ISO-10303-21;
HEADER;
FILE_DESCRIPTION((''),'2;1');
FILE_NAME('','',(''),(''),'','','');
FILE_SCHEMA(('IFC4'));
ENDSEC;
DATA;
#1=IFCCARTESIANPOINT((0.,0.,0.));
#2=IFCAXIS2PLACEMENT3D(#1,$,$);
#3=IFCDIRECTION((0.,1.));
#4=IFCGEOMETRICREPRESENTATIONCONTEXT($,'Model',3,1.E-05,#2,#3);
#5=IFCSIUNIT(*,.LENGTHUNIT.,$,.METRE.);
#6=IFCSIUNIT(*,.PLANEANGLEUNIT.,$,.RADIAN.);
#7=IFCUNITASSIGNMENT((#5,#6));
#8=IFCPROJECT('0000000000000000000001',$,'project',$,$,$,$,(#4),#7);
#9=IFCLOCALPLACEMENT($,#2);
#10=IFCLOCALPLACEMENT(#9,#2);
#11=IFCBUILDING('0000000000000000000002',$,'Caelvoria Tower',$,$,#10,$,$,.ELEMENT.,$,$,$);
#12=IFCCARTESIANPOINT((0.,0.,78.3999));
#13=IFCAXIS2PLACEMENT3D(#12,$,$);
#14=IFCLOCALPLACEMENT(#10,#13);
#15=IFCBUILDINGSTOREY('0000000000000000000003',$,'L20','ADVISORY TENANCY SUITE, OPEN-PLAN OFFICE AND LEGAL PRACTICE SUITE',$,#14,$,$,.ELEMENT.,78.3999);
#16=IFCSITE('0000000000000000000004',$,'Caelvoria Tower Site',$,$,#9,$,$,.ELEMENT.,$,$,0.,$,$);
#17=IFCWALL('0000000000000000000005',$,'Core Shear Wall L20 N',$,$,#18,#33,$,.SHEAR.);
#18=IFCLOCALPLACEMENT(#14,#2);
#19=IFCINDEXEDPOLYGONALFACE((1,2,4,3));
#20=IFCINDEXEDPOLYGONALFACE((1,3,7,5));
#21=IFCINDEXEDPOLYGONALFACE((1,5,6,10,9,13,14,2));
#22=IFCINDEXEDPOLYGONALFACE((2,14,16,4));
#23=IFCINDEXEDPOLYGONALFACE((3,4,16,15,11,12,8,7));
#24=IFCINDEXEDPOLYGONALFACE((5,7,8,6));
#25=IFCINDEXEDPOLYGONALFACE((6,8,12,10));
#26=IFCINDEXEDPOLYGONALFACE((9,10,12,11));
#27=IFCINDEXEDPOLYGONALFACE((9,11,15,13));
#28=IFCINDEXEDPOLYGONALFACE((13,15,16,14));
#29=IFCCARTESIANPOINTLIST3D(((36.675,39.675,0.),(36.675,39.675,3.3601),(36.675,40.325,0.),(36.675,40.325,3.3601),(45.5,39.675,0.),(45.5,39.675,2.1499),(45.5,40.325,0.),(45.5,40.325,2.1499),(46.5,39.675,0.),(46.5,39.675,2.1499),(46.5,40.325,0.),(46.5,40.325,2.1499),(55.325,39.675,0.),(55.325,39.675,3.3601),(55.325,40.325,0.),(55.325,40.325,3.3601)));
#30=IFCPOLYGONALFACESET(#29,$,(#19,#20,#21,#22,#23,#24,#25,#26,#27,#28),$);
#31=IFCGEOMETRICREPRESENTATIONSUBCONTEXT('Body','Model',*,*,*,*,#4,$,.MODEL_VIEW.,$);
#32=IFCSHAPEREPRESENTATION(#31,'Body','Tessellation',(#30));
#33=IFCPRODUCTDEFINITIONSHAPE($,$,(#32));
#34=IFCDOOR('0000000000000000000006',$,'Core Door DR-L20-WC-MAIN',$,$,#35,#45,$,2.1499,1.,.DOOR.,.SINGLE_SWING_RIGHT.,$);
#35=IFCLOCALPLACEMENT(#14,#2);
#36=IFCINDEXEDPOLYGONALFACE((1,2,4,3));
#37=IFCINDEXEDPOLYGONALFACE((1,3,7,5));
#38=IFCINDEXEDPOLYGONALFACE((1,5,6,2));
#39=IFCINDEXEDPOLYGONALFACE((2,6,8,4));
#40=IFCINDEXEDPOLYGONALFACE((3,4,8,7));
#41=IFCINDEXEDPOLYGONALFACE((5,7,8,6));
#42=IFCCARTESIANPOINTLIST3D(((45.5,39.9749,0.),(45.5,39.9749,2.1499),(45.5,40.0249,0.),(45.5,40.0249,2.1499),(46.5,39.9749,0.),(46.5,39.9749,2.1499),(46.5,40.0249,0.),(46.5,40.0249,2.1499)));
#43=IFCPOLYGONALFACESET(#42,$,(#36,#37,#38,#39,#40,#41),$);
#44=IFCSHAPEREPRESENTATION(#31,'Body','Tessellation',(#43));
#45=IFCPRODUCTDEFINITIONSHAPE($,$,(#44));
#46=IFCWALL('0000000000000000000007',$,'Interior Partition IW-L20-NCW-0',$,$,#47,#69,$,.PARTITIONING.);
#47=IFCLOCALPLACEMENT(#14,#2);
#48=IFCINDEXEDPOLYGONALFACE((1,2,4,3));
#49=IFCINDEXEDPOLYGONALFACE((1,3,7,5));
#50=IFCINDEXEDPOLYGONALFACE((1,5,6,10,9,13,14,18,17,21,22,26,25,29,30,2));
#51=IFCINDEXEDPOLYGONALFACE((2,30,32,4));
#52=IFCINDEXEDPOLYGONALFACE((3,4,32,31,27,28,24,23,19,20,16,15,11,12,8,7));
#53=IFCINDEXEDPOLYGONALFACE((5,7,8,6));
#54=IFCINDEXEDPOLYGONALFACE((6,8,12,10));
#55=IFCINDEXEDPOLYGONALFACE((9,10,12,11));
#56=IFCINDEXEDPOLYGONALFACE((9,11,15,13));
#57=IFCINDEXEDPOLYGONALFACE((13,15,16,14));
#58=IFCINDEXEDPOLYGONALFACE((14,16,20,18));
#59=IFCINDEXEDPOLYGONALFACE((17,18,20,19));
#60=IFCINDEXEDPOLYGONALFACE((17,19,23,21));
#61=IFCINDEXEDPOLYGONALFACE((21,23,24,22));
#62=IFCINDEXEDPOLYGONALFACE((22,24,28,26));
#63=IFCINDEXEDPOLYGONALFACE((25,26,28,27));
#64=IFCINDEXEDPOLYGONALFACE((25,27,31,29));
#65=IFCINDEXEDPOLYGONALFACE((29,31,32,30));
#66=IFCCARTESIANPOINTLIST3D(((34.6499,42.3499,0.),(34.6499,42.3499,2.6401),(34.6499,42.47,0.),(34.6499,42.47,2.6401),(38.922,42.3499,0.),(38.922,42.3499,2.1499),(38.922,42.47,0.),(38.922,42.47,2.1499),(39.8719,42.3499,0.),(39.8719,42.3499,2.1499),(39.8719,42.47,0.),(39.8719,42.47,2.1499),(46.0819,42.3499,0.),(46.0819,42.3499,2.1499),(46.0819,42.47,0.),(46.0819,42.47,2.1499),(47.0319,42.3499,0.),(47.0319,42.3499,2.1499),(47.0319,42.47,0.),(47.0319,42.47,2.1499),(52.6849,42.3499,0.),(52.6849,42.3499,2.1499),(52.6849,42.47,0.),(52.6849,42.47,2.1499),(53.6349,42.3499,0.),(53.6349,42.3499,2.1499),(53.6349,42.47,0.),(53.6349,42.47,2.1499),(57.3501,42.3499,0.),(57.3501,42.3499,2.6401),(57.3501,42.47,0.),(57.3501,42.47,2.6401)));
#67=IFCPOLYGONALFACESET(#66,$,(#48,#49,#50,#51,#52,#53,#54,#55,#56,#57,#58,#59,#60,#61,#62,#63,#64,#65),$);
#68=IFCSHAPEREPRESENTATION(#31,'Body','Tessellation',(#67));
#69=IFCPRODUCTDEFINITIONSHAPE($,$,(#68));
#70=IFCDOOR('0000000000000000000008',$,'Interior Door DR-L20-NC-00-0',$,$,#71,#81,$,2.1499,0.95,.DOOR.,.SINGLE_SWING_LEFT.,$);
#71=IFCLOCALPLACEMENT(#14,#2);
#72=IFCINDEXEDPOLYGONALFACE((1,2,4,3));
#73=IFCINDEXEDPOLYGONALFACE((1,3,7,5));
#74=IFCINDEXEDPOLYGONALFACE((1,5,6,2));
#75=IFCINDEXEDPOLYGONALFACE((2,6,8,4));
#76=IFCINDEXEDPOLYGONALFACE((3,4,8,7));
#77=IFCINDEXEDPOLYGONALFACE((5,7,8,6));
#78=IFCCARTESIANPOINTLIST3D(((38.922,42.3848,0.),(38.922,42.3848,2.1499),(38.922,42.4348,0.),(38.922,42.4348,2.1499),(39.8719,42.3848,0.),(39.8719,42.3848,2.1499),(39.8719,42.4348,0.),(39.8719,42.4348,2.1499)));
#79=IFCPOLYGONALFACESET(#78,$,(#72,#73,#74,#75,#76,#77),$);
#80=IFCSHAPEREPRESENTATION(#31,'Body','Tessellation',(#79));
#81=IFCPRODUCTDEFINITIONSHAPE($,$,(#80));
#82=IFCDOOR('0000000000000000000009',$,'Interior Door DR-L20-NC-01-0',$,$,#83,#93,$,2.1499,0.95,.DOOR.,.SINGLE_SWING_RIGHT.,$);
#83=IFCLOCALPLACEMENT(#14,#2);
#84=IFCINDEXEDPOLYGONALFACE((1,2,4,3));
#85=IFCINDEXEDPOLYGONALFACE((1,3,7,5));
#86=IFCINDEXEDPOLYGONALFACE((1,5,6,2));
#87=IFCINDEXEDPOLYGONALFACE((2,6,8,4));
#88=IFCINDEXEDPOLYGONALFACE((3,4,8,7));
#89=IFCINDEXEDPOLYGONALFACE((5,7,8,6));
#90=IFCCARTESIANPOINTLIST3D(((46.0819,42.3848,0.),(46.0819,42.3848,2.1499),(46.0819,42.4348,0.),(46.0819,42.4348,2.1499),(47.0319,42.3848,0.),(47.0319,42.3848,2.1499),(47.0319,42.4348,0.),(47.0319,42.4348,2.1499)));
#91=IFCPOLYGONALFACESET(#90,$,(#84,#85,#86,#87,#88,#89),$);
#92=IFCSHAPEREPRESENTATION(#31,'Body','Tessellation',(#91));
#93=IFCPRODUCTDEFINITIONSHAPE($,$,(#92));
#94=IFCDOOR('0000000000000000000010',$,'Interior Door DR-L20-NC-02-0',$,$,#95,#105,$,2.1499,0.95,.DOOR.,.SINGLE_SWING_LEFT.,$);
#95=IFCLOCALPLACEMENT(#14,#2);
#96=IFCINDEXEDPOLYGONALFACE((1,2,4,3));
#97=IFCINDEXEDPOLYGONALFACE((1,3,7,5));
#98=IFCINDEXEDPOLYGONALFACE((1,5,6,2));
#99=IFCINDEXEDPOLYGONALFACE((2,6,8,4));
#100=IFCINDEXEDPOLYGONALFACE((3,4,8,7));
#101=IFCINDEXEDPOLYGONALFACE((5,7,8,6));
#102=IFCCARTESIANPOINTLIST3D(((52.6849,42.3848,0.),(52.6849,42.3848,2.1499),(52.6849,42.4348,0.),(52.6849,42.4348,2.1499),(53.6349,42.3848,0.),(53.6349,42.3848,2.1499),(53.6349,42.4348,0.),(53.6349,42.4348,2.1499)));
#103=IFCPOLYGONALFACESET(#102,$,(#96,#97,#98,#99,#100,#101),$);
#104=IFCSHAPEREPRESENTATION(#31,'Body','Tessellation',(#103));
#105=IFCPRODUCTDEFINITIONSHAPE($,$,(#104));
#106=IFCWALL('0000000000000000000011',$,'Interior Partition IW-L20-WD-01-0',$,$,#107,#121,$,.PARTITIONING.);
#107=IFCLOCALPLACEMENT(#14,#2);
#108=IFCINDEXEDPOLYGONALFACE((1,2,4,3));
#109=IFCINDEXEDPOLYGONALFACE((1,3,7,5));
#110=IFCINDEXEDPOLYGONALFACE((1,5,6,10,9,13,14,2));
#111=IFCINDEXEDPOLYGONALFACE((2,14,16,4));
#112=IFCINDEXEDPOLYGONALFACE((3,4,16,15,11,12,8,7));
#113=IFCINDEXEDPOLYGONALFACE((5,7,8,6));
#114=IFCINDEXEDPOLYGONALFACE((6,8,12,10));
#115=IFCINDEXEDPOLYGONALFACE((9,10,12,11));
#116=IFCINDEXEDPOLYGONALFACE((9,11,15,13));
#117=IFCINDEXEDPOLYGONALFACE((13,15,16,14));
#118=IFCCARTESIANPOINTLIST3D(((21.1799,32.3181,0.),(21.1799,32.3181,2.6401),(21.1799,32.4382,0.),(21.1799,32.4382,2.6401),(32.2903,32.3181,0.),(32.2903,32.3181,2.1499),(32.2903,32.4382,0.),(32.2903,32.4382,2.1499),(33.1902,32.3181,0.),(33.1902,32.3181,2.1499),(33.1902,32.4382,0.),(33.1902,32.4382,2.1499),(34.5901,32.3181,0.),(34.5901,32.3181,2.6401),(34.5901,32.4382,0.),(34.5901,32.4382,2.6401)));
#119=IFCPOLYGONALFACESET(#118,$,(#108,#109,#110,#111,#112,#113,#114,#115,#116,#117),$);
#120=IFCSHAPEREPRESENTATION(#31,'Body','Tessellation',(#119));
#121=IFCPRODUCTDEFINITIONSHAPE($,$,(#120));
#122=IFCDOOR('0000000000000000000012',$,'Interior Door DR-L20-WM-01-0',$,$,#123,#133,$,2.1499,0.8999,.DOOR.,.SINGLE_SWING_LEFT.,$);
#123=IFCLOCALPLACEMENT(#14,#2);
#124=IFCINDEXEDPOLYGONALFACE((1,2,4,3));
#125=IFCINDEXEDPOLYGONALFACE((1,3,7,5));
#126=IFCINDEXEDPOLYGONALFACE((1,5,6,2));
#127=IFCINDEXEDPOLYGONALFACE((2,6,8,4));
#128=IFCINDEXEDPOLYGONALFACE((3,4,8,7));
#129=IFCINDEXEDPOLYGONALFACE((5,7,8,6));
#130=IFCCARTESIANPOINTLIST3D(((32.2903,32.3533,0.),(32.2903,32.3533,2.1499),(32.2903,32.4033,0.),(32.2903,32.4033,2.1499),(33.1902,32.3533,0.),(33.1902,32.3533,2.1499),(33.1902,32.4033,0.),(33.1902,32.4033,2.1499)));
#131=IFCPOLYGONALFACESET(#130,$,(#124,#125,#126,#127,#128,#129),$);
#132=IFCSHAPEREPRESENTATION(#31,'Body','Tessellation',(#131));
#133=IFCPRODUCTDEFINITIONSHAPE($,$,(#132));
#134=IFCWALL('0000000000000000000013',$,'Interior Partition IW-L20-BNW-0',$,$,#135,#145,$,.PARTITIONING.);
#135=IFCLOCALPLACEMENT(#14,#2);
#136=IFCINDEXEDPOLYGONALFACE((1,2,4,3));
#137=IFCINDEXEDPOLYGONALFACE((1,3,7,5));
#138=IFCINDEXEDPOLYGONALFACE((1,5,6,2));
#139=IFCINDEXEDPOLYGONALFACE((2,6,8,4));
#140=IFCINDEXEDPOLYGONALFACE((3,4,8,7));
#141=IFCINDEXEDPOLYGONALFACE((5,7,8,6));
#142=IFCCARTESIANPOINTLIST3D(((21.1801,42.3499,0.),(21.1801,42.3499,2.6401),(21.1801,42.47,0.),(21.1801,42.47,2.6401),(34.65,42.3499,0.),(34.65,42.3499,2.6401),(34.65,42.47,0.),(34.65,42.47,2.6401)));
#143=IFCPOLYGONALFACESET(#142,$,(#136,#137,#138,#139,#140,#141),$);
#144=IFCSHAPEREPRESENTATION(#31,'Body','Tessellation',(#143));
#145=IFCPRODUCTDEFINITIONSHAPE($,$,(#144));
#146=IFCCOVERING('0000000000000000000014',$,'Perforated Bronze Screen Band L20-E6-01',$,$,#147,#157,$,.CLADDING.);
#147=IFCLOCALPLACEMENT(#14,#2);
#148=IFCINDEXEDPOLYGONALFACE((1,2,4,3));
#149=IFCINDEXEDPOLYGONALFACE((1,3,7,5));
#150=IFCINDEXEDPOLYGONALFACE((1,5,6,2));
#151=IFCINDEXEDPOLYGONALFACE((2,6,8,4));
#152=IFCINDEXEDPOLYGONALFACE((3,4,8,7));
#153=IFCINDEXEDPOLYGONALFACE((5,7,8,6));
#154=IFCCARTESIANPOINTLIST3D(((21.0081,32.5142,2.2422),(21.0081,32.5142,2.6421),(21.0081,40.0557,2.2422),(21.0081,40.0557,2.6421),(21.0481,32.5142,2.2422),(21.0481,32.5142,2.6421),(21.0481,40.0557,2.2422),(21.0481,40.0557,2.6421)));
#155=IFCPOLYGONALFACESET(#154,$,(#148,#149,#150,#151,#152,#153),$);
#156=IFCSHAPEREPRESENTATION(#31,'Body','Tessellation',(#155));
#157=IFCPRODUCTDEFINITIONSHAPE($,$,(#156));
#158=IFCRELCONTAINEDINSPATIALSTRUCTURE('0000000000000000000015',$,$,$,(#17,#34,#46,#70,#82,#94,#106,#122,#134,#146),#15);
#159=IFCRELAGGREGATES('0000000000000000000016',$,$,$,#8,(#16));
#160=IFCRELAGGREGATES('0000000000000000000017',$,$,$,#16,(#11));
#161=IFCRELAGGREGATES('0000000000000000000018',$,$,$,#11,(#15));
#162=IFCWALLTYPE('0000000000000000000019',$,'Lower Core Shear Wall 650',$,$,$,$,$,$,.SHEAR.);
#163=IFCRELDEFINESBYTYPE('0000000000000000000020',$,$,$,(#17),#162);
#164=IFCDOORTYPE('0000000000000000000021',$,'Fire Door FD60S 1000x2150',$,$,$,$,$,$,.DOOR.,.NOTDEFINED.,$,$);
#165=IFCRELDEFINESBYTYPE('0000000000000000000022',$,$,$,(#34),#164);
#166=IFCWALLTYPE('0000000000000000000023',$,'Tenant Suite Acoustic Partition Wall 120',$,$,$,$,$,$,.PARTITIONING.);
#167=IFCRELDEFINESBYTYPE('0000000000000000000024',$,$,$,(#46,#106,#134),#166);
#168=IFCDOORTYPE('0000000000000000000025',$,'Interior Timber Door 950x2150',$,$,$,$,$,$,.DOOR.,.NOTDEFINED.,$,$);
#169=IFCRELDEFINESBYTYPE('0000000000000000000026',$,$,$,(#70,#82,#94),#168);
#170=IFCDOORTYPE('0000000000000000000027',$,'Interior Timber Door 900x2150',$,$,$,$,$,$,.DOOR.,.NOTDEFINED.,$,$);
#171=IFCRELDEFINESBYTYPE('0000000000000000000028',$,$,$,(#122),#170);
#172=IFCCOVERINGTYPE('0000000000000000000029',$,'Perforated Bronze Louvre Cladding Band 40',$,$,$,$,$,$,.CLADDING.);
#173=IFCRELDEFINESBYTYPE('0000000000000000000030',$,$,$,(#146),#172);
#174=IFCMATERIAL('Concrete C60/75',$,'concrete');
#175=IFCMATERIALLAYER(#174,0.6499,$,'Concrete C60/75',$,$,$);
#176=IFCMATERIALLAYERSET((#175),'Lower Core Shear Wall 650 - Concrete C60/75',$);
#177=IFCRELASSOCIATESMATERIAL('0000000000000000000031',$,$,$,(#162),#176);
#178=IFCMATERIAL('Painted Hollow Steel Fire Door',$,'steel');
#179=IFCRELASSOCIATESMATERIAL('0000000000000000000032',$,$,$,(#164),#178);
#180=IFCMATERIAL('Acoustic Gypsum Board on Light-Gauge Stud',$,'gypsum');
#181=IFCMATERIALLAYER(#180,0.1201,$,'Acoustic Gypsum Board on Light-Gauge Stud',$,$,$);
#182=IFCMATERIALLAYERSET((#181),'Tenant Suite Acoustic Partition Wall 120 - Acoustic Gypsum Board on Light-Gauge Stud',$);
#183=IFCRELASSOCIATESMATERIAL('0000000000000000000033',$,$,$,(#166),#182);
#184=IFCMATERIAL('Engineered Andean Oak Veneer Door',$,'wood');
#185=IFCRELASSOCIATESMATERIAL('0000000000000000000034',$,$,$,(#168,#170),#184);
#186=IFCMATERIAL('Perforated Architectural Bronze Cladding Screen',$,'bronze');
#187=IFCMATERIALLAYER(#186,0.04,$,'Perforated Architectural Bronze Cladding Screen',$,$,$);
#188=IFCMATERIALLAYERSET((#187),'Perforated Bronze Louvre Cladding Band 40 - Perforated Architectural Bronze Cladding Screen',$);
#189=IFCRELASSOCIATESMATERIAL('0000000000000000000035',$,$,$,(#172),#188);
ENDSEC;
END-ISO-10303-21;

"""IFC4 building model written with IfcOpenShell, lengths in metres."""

from ifc_helpers import new_model, si_unit, direction, frame, frame_2d, origin, origin_2d, place, context, subcontext, project, spatial, rectangle, extrude, material, layer, layer_set, type_object, element, fill, save


model = new_model("IFC4")

# Units and contexts
model_context = context("Model", 3, precision=1e-05, world=origin(), true_north=direction((0.0, 1.0)))
body_context = subcontext(model_context, "Body", "Model", "MODEL_VIEW")
ifc_project = project(units=[si_unit("LENGTHUNIT", "METRE"), si_unit("PLANEANGLEUNIT", "RADIAN")], contexts=[model_context])

# Site, building, storey
site_placement = place(None, origin())
site = spatial("IfcSite", under=ifc_project, at=site_placement, Name="Caelvoria Tower Site", CompositionType="ELEMENT", RefElevation=0.0)
building_placement = place(site_placement, origin())
building = spatial("IfcBuilding", under=site, at=building_placement, Name="Caelvoria Tower", CompositionType="ELEMENT")
storey_placement = place(building_placement, frame((0.0, 0.0, 78.3999)))
storey = spatial("IfcBuildingStorey", under=building, at=storey_placement, Name="L20", Description="ADVISORY TENANCY SUITE, OPEN-PLAN OFFICE AND LEGAL PRACTICE SUITE", CompositionType="ELEMENT", Elevation=78.3999)

# Wall, opening, door
ifc_material_1 = material(Name="Concrete C60/75", Category="concrete")
ifc_layer_1 = layer(ifc_material_1, 0.6499, Name="Concrete C60/75")
ifc_layer_set_1 = layer_set([ifc_layer_1], Name="Lower Core Shear Wall 650 - Concrete C60/75")
wall_type_1 = type_object("IfcWallType", Name="Lower Core Shear Wall 650", PredefinedType="SHEAR", material=ifc_layer_set_1)
wall_1_placement = place(storey_placement, frame((36.675, 40.0, 0.0), z_axis=(0.0, 0.0, 1.0), x_axis=(1.0, 0.0, 0.0)))
wall_1 = element("IfcWall", 1, at=wall_1_placement, inside=storey, type_object=wall_type_1, Name="Core Shear Wall L20 N", PredefinedType="SHEAR", context=body_context, shape_type="SweptSolid", body=[
    extrude(rectangle(XDim=18.6499, YDim=0.6499, at=frame_2d((9.325, 0.0))), origin(), (0.0, 0.0, 1.0), 3.3601),
])
opening_1_placement = place(wall_1_placement, frame((8.825, 0.0, 0.0)))
opening_1 = element("IfcOpeningElement", 2, at=opening_1_placement, cuts=wall_1, PredefinedType="OPENING", context=body_context, shape_type="SweptSolid", body=[
    extrude(rectangle(XDim=1.0, YDim=2.1499, at=frame_2d((0.5, 1.075))), frame((0.0, 0.335, 0.0), z_axis=(0.0, -1.0, 0.0), x_axis=(1.0, 0.0, 0.0)), (0.0, 0.0, 1.0), 0.6699),
])
ifc_material_2 = material(Name="Painted Hollow Steel Fire Door", Category="steel")
door_type_1 = type_object("IfcDoorType", Name="Fire Door FD60S 1000x2150", OperationType="NOTDEFINED", PredefinedType="DOOR", material=ifc_material_2)
door_1_placement = place(opening_1_placement, origin())
door_1 = element("IfcDoor", 3, at=door_1_placement, inside=storey, type_object=door_type_1, Name="Core Door DR-L20-WC-MAIN", OperationType="SINGLE_SWING_RIGHT", OverallHeight=2.1499, OverallWidth=1.0, PredefinedType="DOOR", context=body_context, shape_type="SweptSolid", body=[
    extrude(rectangle(XDim=1.0, YDim=2.1499, at=frame_2d((0.5, 1.075))), frame((0.0, 0.0249, 0.0), z_axis=(0.0, -1.0, 0.0), x_axis=(1.0, 0.0, 0.0)), (0.0, 0.0, 1.0), 0.05),
])
fill(opening_1, door_1)

# Wall, openings, doors
ifc_material_3 = material(Name="Acoustic Gypsum Board on Light-Gauge Stud", Category="gypsum")
ifc_layer_2 = layer(ifc_material_3, 0.1201, Name="Acoustic Gypsum Board on Light-Gauge Stud")
ifc_layer_set_2 = layer_set([ifc_layer_2], Name="Tenant Suite Acoustic Partition Wall 120 - Acoustic Gypsum Board on Light-Gauge Stud")
wall_type_2 = type_object("IfcWallType", Name="Tenant Suite Acoustic Partition Wall 120", PredefinedType="PARTITIONING", material=ifc_layer_set_2)
wall_2_placement = place(storey_placement, frame((34.6499, 42.4099, 0.0), z_axis=(0.0, 0.0, 1.0), x_axis=(1.0, 0.0, 0.0)))
wall_2 = element("IfcWall", 4, at=wall_2_placement, inside=storey, type_object=wall_type_2, Name="Interior Partition IW-L20-NCW-0", PredefinedType="PARTITIONING", context=body_context, shape_type="SweptSolid", body=[
    extrude(rectangle(XDim=22.7002, YDim=0.1201, at=frame_2d((11.3501, 0.0))), origin(), (0.0, 0.0, 1.0), 2.6401),
])
opening_2_placement = place(wall_2_placement, frame((4.272, 0.0, 0.0)))
opening_2 = element("IfcOpeningElement", 5, at=opening_2_placement, cuts=wall_2, PredefinedType="OPENING", context=body_context, shape_type="SweptSolid", body=[
    extrude(rectangle(XDim=0.95, YDim=2.1499, at=frame_2d((0.4751, 1.075))), frame((0.0, 0.0701, 0.0), z_axis=(0.0, -1.0, 0.0), x_axis=(1.0, 0.0, 0.0)), (0.0, 0.0, 1.0), 0.1401),
])
opening_3_placement = place(wall_2_placement, frame((11.4319, 0.0, 0.0)))
opening_3 = element("IfcOpeningElement", 6, at=opening_3_placement, cuts=wall_2, PredefinedType="OPENING", context=body_context, shape_type="SweptSolid", body=[
    extrude(rectangle(XDim=0.95, YDim=2.1499, at=frame_2d((0.4751, 1.075))), frame((0.0, 0.0701, 0.0), z_axis=(0.0, -1.0, 0.0), x_axis=(1.0, 0.0, 0.0)), (0.0, 0.0, 1.0), 0.1401),
])
opening_4_placement = place(wall_2_placement, frame((18.0349, 0.0, 0.0)))
opening_4 = element("IfcOpeningElement", 7, at=opening_4_placement, cuts=wall_2, PredefinedType="OPENING", context=body_context, shape_type="SweptSolid", body=[
    extrude(rectangle(XDim=0.95, YDim=2.1499, at=frame_2d((0.4751, 1.075))), frame((0.0, 0.0701, 0.0), z_axis=(0.0, -1.0, 0.0), x_axis=(1.0, 0.0, 0.0)), (0.0, 0.0, 1.0), 0.1401),
])
ifc_material_4 = material(Name="Engineered Andean Oak Veneer Door", Category="wood")
door_type_2 = type_object("IfcDoorType", Name="Interior Timber Door 950x2150", OperationType="NOTDEFINED", PredefinedType="DOOR", material=ifc_material_4)
door_2_placement = place(opening_2_placement, origin())
door_2 = element("IfcDoor", 8, at=door_2_placement, inside=storey, type_object=door_type_2, Name="Interior Door DR-L20-NC-00-0", OperationType="SINGLE_SWING_LEFT", OverallHeight=2.1499, OverallWidth=0.95, PredefinedType="DOOR", context=body_context, shape_type="SweptSolid", body=[
    extrude(rectangle(XDim=0.95, YDim=2.1499, at=frame_2d((0.4751, 1.075))), frame((0.0, 0.0249, 0.0), z_axis=(0.0, -1.0, 0.0), x_axis=(1.0, 0.0, 0.0)), (0.0, 0.0, 1.0), 0.05),
])
fill(opening_2, door_2)
door_3_placement = place(opening_3_placement, origin())
door_3 = element("IfcDoor", 9, at=door_3_placement, inside=storey, type_object=door_type_2, Name="Interior Door DR-L20-NC-01-0", OperationType="SINGLE_SWING_RIGHT", OverallHeight=2.1499, OverallWidth=0.95, PredefinedType="DOOR", context=body_context, shape_type="SweptSolid", body=[
    extrude(rectangle(XDim=0.95, YDim=2.1499, at=frame_2d((0.4751, 1.075))), frame((0.0, 0.0249, 0.0), z_axis=(0.0, -1.0, 0.0), x_axis=(1.0, 0.0, 0.0)), (0.0, 0.0, 1.0), 0.05),
])
fill(opening_3, door_3)
door_4_placement = place(opening_4_placement, origin())
door_4 = element("IfcDoor", 10, at=door_4_placement, inside=storey, type_object=door_type_2, Name="Interior Door DR-L20-NC-02-0", OperationType="SINGLE_SWING_LEFT", OverallHeight=2.1499, OverallWidth=0.95, PredefinedType="DOOR", context=body_context, shape_type="SweptSolid", body=[
    extrude(rectangle(XDim=0.95, YDim=2.1499, at=frame_2d((0.4751, 1.075))), frame((0.0, 0.0249, 0.0), z_axis=(0.0, -1.0, 0.0), x_axis=(1.0, 0.0, 0.0)), (0.0, 0.0, 1.0), 0.05),
])
fill(opening_4, door_4)

# Wall, opening, door
wall_3_placement = place(storey_placement, frame((34.5901, 32.3782, 0.0), z_axis=(0.0, 0.0, 1.0), x_axis=(-1.0, 0.0, 0.0)))
wall_3 = element("IfcWall", 11, at=wall_3_placement, inside=storey, type_object=wall_type_2, Name="Interior Partition IW-L20-WD-01-0", PredefinedType="PARTITIONING", context=body_context, shape_type="SweptSolid", body=[
    extrude(rectangle(XDim=13.4102, YDim=0.1201, at=frame_2d((6.7051, 0.0))), origin(), (0.0, 0.0, 1.0), 2.6401),
])
opening_5_placement = place(wall_3_placement, frame((1.3999, 0.0, 0.0)))
opening_5 = element("IfcOpeningElement", 12, at=opening_5_placement, cuts=wall_3, PredefinedType="OPENING", context=body_context, shape_type="SweptSolid", body=[
    extrude(rectangle(XDim=0.8999, YDim=2.1499, at=frame_2d((0.45, 1.075))), frame((0.0, 0.0701, 0.0), z_axis=(0.0, -1.0, 0.0), x_axis=(1.0, 0.0, 0.0)), (0.0, 0.0, 1.0), 0.1401),
])
door_type_3 = type_object("IfcDoorType", Name="Interior Timber Door 900x2150", OperationType="NOTDEFINED", PredefinedType="DOOR", material=ifc_material_4)
door_5_placement = place(opening_5_placement, origin())
door_5 = element("IfcDoor", 13, at=door_5_placement, inside=storey, type_object=door_type_3, Name="Interior Door DR-L20-WM-01-0", OperationType="SINGLE_SWING_LEFT", OverallHeight=2.1499, OverallWidth=0.8999, PredefinedType="DOOR", context=body_context, shape_type="SweptSolid", body=[
    extrude(rectangle(XDim=0.8999, YDim=2.1499, at=frame_2d((0.45, 1.075))), frame((0.0, 0.0249, 0.0), z_axis=(0.0, -1.0, 0.0), x_axis=(1.0, 0.0, 0.0)), (0.0, 0.0, 1.0), 0.05),
])
fill(opening_5, door_5)

# Wall
wall_4_placement = place(storey_placement, frame((34.6499, 42.4099, 0.0), z_axis=(0.0, 0.0, 1.0), x_axis=(-1.0, 0.0, 0.0)))
element("IfcWall", 14, at=wall_4_placement, inside=storey, type_object=wall_type_2, Name="Interior Partition IW-L20-BNW-0", PredefinedType="PARTITIONING", context=body_context, shape_type="SweptSolid", body=[
    extrude(rectangle(XDim=13.47, YDim=0.1201, at=frame_2d((6.7349, 0.0))), origin(), (0.0, 0.0, 1.0), 2.6401),
])

# Covering
ifc_material_5 = material(Name="Perforated Architectural Bronze Cladding Screen", Category="bronze")
ifc_layer_3 = layer(ifc_material_5, 0.04, Name="Perforated Architectural Bronze Cladding Screen")
ifc_layer_set_3 = layer_set([ifc_layer_3], Name="Perforated Bronze Louvre Cladding Band 40 - Perforated Architectural Bronze Cladding Screen")
covering_type = type_object("IfcCoveringType", Name="Perforated Bronze Louvre Cladding Band 40", PredefinedType="CLADDING", material=ifc_layer_set_3)
covering_placement = place(storey_placement, frame((21.0281, 36.2849, 2.2422), z_axis=(0.0, 0.0, 1.0), x_axis=(0.0, -1.0, 0.0)))
element("IfcCovering", 15, at=covering_placement, inside=storey, type_object=covering_type, Name="Perforated Bronze Screen Band L20-E6-01", PredefinedType="CLADDING", context=body_context, shape_type="SweptSolid", body=[
    extrude(rectangle(XDim=7.5415, YDim=0.04, at=origin_2d()), origin(), (0.0, 0.0, 1.0), 0.3999),
])

save(model, "model.ifc")
